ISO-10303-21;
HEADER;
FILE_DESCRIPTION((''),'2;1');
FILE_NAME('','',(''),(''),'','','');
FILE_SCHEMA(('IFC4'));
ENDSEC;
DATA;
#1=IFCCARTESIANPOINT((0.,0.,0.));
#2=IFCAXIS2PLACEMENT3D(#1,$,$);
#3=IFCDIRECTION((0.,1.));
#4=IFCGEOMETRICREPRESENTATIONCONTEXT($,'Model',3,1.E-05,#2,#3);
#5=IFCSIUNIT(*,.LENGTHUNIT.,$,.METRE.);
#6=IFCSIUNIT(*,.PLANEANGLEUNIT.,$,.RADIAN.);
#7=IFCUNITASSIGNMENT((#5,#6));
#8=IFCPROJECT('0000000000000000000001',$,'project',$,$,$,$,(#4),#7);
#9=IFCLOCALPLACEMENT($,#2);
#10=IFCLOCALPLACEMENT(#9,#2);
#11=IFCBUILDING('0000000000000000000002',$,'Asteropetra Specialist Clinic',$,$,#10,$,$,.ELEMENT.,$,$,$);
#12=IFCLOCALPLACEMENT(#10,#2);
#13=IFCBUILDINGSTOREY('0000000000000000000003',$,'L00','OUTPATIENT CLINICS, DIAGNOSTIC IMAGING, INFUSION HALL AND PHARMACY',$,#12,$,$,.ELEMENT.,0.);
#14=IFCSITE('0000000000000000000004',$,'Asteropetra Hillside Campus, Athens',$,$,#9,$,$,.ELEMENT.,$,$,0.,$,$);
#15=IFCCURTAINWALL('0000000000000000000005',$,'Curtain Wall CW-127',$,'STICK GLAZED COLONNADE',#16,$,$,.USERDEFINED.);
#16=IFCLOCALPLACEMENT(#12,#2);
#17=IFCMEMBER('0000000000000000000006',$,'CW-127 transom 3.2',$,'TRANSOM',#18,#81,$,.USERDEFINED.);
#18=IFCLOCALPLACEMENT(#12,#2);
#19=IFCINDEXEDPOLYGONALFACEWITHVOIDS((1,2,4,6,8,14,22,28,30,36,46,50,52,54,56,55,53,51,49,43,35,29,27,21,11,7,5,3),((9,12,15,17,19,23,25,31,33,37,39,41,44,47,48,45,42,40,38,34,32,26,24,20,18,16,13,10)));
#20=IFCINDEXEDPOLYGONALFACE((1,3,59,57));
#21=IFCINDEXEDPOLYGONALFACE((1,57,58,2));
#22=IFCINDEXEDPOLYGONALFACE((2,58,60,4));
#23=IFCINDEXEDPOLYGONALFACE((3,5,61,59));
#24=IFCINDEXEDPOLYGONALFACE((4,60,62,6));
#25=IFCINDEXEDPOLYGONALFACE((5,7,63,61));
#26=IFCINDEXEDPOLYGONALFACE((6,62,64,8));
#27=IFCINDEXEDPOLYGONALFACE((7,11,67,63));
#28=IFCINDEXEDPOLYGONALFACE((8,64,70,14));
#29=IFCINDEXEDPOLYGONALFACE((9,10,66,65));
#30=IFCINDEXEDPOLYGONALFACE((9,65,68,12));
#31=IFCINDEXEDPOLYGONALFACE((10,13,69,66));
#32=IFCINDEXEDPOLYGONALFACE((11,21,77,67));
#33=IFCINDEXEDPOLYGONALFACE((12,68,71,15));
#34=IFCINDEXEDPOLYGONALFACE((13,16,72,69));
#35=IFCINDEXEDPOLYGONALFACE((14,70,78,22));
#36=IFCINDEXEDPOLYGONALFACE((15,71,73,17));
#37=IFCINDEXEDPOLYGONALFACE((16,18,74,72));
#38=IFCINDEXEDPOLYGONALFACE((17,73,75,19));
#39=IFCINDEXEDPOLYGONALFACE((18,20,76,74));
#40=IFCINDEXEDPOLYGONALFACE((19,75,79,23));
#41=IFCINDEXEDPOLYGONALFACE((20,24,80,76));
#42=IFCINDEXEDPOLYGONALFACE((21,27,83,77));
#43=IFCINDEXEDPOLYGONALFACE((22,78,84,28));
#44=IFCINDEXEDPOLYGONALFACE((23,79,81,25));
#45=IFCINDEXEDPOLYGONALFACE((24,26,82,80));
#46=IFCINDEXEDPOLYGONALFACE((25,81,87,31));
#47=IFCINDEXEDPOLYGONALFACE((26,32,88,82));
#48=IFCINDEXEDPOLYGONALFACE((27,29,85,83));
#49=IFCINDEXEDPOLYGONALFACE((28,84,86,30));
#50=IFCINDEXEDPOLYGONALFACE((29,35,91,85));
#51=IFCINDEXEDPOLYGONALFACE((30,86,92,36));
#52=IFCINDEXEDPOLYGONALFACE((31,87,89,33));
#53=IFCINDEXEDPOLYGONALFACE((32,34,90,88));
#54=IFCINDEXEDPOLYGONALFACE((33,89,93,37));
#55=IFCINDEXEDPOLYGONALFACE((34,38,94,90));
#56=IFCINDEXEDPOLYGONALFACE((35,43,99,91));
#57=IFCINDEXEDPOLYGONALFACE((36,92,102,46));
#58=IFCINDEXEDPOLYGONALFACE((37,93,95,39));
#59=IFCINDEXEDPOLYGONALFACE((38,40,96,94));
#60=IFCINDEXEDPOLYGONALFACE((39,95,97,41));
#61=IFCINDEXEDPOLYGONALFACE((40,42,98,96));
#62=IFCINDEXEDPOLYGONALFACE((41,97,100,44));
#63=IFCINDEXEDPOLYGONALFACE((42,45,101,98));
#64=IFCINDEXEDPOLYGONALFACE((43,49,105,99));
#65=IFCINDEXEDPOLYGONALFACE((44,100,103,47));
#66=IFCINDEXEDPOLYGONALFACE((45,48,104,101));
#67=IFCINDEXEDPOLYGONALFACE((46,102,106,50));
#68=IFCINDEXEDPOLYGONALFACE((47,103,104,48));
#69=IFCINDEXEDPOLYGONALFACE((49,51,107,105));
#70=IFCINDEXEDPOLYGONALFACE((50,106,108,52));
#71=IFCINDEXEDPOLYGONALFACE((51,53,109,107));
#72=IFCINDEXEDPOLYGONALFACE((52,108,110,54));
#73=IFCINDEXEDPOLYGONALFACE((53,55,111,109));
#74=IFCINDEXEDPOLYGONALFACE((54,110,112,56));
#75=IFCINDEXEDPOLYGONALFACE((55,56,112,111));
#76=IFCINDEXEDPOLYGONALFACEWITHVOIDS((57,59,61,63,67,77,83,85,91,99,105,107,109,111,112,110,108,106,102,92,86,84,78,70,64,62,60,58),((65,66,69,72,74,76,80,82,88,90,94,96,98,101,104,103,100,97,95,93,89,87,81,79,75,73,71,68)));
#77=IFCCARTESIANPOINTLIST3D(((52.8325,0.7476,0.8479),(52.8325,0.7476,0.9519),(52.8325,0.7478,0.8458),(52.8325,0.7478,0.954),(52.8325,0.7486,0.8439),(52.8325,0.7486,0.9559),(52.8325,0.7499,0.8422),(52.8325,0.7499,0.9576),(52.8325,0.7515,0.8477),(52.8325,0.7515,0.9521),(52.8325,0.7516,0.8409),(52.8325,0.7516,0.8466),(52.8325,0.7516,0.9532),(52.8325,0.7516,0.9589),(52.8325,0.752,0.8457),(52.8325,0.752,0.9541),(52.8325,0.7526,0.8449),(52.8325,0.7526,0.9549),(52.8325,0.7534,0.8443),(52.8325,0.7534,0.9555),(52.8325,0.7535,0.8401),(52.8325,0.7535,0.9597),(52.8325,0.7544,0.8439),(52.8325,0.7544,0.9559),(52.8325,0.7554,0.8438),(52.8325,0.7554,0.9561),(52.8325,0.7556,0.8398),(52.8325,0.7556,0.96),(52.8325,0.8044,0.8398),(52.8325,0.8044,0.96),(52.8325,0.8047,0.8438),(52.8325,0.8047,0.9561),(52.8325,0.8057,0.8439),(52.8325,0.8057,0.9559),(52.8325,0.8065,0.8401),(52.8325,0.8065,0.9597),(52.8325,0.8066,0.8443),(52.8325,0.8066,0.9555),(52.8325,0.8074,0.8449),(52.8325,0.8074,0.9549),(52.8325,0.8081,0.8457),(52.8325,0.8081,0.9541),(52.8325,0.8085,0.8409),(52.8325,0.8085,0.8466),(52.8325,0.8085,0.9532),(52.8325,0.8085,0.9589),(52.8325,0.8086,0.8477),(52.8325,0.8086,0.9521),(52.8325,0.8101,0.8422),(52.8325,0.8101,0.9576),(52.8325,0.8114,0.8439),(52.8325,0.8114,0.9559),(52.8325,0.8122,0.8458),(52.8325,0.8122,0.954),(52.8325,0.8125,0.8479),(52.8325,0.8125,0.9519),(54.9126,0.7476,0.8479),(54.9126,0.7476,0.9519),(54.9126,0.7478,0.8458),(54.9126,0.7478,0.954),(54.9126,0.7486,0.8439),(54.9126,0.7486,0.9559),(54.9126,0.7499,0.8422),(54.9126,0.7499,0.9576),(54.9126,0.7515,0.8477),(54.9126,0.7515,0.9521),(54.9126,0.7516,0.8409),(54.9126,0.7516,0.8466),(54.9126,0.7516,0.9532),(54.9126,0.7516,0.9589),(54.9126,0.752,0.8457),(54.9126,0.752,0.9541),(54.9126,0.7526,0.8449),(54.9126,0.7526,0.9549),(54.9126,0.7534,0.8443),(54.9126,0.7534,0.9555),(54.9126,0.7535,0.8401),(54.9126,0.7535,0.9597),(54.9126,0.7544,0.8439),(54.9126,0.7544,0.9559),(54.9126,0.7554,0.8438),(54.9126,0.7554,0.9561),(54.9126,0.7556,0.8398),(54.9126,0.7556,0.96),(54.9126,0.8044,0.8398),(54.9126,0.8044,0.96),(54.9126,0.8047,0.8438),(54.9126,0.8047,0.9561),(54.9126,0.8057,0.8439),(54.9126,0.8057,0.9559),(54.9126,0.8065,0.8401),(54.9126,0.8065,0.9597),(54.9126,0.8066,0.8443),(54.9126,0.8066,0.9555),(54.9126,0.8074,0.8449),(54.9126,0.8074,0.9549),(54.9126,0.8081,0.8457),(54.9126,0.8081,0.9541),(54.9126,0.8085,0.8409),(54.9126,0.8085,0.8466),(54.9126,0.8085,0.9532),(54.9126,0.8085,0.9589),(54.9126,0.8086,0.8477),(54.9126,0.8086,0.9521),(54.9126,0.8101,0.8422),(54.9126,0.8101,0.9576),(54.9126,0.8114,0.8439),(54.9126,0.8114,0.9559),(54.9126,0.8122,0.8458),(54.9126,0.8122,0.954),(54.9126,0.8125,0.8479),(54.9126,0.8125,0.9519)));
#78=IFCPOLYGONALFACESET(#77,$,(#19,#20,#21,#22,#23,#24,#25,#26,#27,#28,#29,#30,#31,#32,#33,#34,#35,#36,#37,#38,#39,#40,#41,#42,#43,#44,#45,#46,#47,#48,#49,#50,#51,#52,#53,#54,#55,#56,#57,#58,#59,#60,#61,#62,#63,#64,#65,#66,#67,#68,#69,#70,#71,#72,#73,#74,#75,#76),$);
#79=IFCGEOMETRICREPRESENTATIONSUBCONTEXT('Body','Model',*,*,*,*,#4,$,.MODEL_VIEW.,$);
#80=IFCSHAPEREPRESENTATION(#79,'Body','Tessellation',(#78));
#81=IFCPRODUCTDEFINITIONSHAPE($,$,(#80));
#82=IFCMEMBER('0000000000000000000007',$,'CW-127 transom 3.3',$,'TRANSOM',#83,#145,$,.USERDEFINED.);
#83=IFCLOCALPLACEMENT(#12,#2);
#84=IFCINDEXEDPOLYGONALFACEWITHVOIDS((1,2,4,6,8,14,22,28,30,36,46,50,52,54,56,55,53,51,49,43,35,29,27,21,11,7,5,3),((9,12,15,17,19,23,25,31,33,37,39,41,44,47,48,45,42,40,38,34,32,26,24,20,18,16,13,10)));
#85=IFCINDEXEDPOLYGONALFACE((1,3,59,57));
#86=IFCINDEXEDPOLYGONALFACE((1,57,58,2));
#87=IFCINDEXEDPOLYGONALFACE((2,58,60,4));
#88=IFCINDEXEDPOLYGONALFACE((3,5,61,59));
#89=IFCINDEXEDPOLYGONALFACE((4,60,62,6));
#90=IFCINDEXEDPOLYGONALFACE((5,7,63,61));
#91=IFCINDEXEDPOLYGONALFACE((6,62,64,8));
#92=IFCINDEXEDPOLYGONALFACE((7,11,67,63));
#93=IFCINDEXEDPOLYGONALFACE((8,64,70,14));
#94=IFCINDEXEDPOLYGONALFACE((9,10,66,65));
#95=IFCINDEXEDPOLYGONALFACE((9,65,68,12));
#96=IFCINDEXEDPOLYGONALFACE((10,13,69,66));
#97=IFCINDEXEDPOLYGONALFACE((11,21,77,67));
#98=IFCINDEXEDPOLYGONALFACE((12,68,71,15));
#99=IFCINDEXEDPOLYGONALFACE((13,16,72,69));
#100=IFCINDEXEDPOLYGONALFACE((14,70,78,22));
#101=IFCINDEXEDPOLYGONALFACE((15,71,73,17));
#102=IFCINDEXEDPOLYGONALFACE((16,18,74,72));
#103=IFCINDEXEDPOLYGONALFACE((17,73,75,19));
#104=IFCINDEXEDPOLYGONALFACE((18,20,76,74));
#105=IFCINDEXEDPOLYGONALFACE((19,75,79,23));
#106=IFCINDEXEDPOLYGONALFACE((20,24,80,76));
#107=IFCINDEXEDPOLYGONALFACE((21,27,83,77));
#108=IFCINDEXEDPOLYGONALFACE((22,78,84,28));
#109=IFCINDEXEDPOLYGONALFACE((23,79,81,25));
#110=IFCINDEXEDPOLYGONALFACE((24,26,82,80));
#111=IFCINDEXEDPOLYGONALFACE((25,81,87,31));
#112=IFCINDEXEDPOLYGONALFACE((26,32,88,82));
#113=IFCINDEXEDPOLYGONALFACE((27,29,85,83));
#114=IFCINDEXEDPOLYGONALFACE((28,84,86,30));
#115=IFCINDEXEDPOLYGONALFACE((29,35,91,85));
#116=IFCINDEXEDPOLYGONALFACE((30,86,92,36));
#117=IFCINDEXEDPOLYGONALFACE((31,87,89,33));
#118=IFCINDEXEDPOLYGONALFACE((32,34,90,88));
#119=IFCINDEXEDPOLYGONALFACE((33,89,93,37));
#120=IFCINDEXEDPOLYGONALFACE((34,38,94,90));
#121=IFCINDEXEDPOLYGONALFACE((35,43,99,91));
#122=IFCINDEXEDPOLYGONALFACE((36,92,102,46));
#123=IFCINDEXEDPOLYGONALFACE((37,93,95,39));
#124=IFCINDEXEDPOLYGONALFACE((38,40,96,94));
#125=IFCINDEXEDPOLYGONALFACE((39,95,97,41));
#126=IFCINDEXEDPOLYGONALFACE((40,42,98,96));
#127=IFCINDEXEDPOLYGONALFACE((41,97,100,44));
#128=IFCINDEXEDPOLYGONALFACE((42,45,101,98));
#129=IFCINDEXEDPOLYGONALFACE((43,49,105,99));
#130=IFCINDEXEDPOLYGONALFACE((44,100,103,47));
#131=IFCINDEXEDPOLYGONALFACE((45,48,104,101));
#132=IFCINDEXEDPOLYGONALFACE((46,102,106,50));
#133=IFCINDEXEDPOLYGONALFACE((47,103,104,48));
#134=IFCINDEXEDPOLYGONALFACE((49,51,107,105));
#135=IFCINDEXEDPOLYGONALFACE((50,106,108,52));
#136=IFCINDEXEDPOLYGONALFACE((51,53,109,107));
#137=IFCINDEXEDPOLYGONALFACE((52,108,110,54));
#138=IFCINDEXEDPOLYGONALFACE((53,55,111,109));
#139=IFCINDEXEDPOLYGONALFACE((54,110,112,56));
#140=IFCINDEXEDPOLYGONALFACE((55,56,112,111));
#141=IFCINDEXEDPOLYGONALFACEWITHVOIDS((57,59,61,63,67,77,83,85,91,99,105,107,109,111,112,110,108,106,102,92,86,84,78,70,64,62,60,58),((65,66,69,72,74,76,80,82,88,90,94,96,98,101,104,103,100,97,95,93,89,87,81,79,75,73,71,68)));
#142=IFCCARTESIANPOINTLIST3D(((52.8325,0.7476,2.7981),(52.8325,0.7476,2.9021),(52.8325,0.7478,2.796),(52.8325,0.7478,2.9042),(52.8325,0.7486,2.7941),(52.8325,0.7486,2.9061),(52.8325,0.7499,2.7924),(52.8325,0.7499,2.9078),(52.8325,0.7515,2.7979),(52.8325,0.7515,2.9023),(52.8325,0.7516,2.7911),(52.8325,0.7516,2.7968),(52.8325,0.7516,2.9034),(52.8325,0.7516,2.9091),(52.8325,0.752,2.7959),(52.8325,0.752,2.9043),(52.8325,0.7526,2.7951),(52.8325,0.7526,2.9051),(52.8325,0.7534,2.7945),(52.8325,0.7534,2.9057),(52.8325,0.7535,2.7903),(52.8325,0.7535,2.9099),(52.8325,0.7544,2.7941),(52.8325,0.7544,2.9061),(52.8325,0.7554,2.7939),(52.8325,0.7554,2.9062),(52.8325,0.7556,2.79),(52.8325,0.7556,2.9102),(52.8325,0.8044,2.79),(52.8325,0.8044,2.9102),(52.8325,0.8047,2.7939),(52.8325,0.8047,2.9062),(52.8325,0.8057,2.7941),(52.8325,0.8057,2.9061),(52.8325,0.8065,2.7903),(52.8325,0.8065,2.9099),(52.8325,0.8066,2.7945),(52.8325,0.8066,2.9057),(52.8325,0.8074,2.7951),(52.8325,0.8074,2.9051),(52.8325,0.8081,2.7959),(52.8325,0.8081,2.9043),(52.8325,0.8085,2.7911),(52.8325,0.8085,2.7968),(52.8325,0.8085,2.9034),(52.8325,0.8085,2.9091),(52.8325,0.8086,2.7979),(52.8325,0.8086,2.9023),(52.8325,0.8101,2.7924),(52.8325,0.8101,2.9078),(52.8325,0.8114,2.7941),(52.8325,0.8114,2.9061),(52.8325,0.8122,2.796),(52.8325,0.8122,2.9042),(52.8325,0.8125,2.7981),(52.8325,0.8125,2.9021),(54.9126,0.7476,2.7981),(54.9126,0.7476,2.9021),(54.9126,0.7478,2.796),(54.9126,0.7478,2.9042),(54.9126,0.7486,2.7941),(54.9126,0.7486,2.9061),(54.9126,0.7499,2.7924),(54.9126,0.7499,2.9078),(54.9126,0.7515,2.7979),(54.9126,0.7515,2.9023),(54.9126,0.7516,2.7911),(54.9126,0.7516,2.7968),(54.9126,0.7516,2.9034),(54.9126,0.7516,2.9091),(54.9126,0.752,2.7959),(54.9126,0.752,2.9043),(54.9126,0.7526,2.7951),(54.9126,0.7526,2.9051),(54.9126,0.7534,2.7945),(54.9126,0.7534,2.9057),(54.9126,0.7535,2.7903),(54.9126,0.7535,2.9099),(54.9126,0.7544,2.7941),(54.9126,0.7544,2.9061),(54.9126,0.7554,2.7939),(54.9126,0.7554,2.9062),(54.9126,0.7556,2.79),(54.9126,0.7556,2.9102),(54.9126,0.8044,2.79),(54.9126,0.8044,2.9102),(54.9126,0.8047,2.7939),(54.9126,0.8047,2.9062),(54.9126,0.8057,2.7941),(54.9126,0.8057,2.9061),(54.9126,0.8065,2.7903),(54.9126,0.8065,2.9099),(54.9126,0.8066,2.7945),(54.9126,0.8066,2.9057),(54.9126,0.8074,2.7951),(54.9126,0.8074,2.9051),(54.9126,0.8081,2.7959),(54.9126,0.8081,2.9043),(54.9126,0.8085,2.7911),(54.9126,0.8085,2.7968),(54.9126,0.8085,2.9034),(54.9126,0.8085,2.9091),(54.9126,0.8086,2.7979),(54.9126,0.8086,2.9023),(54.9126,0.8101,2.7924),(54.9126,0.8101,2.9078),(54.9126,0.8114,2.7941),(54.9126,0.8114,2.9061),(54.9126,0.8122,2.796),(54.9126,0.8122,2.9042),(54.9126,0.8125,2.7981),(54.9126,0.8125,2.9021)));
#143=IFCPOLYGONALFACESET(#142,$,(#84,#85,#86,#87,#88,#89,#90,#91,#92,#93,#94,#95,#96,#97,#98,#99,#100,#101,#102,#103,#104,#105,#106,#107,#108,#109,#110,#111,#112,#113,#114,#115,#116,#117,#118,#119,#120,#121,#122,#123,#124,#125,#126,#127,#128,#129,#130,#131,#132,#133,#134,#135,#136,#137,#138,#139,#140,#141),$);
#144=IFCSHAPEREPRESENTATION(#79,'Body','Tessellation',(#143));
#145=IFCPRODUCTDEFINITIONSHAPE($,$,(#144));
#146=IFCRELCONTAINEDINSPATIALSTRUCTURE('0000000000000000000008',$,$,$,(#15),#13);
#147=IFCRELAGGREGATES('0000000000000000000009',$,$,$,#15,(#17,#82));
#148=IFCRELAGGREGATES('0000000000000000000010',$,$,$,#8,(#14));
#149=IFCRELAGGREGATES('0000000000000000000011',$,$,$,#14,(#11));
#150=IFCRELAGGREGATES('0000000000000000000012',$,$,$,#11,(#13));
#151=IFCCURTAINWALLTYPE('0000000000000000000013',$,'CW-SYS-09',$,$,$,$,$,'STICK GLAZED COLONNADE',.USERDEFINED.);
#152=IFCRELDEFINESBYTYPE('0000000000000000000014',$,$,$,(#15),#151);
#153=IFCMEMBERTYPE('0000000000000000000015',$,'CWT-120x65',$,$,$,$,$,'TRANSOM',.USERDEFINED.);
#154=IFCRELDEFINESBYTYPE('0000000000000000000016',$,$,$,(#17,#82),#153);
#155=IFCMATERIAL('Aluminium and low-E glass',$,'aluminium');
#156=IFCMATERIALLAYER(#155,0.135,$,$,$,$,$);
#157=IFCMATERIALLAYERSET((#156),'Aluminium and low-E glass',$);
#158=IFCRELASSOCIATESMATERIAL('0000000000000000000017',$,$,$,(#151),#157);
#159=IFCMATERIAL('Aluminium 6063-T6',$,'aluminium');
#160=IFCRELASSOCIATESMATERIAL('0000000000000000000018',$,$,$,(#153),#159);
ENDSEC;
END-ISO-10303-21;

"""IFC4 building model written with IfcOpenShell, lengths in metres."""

from ifc_helpers import new_model, si_unit, direction, frame, origin, origin_2d, place, context, subcontext, project, spatial, hollow_rectangle, extrude, material, layer, layer_set, material_profile, profile_set, type_object, element, aggregate, save


model = new_model("IFC4")

# Units and contexts
model_context = context("Model", 3, precision=1e-05, world=origin(), true_north=direction((0.0, 1.0)))
body_context = subcontext(model_context, "Body", "Model", "MODEL_VIEW")
ifc_project = project(units=[si_unit("LENGTHUNIT", "METRE"), si_unit("PLANEANGLEUNIT", "RADIAN")], contexts=[model_context])

# Site, building, storey
site_placement = place(None, origin())
site = spatial("IfcSite", under=ifc_project, at=site_placement, Name="Asteropetra Hillside Campus, Athens", CompositionType="ELEMENT", RefElevation=0.0)
building_placement = place(site_placement, origin())
building = spatial("IfcBuilding", under=site, at=building_placement, Name="Asteropetra Specialist Clinic", CompositionType="ELEMENT")
storey_placement = place(building_placement, origin())
storey = spatial("IfcBuildingStorey", under=building, at=storey_placement, Name="L00", Description="OUTPATIENT CLINICS, DIAGNOSTIC IMAGING, INFUSION HALL AND PHARMACY", CompositionType="ELEMENT", Elevation=0.0)

# Curtain wall, members
ifc_material_1 = material(Name="Aluminium and low-E glass", Category="aluminium")
ifc_layer_1 = layer(ifc_material_1, 0.135)
ifc_layer_set_1 = layer_set([ifc_layer_1], Name="Aluminium and low-E glass")
curtain_wall_type_1 = type_object("IfcCurtainWallType", Name="CW-SYS-09", ElementType="STICK GLAZED COLONNADE", PredefinedType="USERDEFINED", material=ifc_layer_set_1)
curtain_wall_1_placement = place(storey_placement, origin())
curtain_wall_1 = element("IfcCurtainWall", 1, at=curtain_wall_1_placement, inside=storey, type_object=curtain_wall_type_1, Name="Curtain Wall CW-127", ObjectType="STICK GLAZED COLONNADE", PredefinedType="USERDEFINED")
ifc_material_2 = material(Name="Aluminium 6063-T6", Category="aluminium")
ifc_material_profile_1 = material_profile(ifc_material_2, hollow_rectangle(XDim=0.0649, YDim=0.1201, WallThickness=0.0039, InnerFilletRadius=0.0039, OuterFilletRadius=0.0081, at=origin_2d()), Name="TRN 120x65x4.0")
ifc_profile_set_1 = profile_set([ifc_material_profile_1], Name="Aluminium 6063-T6")
member_type_1 = type_object("IfcMemberType", Name="CWT-120x65", ElementType="TRANSOM", PredefinedType="USERDEFINED", material=ifc_profile_set_1)
member_1_placement = place(storey_placement, frame((52.8325, 0.78, 0.8999), z_axis=(1.0, 0.0, 0.0), x_axis=(0.0, 1.0, 0.0)))
member_1 = element("IfcMember", 2, at=member_1_placement, type_object=member_type_1, Name="CW-127 transom 3.2", ObjectType="TRANSOM", PredefinedType="USERDEFINED", context=body_context, shape_type="SweptSolid", body=[
    extrude(hollow_rectangle(XDim=0.0649, YDim=0.1201, WallThickness=0.0039, InnerFilletRadius=0.0039, OuterFilletRadius=0.0081, at=origin_2d()), origin(), (0.0, 0.0, 1.0), 2.0801),
])
member_2_placement = place(storey_placement, frame((52.8325, 0.78, 2.8501), z_axis=(1.0, 0.0, 0.0), x_axis=(0.0, 1.0, 0.0)))
member_2 = element("IfcMember", 3, at=member_2_placement, type_object=member_type_1, Name="CW-127 transom 3.3", ObjectType="TRANSOM", PredefinedType="USERDEFINED", context=body_context, shape_type="SweptSolid", body=[
    extrude(hollow_rectangle(XDim=0.0649, YDim=0.1201, WallThickness=0.0039, InnerFilletRadius=0.0039, OuterFilletRadius=0.0081, at=origin_2d()), origin(), (0.0, 0.0, 1.0), 2.0801),
])

aggregate(curtain_wall_1, [member_1, member_2])

save(model, "model.ifc")
